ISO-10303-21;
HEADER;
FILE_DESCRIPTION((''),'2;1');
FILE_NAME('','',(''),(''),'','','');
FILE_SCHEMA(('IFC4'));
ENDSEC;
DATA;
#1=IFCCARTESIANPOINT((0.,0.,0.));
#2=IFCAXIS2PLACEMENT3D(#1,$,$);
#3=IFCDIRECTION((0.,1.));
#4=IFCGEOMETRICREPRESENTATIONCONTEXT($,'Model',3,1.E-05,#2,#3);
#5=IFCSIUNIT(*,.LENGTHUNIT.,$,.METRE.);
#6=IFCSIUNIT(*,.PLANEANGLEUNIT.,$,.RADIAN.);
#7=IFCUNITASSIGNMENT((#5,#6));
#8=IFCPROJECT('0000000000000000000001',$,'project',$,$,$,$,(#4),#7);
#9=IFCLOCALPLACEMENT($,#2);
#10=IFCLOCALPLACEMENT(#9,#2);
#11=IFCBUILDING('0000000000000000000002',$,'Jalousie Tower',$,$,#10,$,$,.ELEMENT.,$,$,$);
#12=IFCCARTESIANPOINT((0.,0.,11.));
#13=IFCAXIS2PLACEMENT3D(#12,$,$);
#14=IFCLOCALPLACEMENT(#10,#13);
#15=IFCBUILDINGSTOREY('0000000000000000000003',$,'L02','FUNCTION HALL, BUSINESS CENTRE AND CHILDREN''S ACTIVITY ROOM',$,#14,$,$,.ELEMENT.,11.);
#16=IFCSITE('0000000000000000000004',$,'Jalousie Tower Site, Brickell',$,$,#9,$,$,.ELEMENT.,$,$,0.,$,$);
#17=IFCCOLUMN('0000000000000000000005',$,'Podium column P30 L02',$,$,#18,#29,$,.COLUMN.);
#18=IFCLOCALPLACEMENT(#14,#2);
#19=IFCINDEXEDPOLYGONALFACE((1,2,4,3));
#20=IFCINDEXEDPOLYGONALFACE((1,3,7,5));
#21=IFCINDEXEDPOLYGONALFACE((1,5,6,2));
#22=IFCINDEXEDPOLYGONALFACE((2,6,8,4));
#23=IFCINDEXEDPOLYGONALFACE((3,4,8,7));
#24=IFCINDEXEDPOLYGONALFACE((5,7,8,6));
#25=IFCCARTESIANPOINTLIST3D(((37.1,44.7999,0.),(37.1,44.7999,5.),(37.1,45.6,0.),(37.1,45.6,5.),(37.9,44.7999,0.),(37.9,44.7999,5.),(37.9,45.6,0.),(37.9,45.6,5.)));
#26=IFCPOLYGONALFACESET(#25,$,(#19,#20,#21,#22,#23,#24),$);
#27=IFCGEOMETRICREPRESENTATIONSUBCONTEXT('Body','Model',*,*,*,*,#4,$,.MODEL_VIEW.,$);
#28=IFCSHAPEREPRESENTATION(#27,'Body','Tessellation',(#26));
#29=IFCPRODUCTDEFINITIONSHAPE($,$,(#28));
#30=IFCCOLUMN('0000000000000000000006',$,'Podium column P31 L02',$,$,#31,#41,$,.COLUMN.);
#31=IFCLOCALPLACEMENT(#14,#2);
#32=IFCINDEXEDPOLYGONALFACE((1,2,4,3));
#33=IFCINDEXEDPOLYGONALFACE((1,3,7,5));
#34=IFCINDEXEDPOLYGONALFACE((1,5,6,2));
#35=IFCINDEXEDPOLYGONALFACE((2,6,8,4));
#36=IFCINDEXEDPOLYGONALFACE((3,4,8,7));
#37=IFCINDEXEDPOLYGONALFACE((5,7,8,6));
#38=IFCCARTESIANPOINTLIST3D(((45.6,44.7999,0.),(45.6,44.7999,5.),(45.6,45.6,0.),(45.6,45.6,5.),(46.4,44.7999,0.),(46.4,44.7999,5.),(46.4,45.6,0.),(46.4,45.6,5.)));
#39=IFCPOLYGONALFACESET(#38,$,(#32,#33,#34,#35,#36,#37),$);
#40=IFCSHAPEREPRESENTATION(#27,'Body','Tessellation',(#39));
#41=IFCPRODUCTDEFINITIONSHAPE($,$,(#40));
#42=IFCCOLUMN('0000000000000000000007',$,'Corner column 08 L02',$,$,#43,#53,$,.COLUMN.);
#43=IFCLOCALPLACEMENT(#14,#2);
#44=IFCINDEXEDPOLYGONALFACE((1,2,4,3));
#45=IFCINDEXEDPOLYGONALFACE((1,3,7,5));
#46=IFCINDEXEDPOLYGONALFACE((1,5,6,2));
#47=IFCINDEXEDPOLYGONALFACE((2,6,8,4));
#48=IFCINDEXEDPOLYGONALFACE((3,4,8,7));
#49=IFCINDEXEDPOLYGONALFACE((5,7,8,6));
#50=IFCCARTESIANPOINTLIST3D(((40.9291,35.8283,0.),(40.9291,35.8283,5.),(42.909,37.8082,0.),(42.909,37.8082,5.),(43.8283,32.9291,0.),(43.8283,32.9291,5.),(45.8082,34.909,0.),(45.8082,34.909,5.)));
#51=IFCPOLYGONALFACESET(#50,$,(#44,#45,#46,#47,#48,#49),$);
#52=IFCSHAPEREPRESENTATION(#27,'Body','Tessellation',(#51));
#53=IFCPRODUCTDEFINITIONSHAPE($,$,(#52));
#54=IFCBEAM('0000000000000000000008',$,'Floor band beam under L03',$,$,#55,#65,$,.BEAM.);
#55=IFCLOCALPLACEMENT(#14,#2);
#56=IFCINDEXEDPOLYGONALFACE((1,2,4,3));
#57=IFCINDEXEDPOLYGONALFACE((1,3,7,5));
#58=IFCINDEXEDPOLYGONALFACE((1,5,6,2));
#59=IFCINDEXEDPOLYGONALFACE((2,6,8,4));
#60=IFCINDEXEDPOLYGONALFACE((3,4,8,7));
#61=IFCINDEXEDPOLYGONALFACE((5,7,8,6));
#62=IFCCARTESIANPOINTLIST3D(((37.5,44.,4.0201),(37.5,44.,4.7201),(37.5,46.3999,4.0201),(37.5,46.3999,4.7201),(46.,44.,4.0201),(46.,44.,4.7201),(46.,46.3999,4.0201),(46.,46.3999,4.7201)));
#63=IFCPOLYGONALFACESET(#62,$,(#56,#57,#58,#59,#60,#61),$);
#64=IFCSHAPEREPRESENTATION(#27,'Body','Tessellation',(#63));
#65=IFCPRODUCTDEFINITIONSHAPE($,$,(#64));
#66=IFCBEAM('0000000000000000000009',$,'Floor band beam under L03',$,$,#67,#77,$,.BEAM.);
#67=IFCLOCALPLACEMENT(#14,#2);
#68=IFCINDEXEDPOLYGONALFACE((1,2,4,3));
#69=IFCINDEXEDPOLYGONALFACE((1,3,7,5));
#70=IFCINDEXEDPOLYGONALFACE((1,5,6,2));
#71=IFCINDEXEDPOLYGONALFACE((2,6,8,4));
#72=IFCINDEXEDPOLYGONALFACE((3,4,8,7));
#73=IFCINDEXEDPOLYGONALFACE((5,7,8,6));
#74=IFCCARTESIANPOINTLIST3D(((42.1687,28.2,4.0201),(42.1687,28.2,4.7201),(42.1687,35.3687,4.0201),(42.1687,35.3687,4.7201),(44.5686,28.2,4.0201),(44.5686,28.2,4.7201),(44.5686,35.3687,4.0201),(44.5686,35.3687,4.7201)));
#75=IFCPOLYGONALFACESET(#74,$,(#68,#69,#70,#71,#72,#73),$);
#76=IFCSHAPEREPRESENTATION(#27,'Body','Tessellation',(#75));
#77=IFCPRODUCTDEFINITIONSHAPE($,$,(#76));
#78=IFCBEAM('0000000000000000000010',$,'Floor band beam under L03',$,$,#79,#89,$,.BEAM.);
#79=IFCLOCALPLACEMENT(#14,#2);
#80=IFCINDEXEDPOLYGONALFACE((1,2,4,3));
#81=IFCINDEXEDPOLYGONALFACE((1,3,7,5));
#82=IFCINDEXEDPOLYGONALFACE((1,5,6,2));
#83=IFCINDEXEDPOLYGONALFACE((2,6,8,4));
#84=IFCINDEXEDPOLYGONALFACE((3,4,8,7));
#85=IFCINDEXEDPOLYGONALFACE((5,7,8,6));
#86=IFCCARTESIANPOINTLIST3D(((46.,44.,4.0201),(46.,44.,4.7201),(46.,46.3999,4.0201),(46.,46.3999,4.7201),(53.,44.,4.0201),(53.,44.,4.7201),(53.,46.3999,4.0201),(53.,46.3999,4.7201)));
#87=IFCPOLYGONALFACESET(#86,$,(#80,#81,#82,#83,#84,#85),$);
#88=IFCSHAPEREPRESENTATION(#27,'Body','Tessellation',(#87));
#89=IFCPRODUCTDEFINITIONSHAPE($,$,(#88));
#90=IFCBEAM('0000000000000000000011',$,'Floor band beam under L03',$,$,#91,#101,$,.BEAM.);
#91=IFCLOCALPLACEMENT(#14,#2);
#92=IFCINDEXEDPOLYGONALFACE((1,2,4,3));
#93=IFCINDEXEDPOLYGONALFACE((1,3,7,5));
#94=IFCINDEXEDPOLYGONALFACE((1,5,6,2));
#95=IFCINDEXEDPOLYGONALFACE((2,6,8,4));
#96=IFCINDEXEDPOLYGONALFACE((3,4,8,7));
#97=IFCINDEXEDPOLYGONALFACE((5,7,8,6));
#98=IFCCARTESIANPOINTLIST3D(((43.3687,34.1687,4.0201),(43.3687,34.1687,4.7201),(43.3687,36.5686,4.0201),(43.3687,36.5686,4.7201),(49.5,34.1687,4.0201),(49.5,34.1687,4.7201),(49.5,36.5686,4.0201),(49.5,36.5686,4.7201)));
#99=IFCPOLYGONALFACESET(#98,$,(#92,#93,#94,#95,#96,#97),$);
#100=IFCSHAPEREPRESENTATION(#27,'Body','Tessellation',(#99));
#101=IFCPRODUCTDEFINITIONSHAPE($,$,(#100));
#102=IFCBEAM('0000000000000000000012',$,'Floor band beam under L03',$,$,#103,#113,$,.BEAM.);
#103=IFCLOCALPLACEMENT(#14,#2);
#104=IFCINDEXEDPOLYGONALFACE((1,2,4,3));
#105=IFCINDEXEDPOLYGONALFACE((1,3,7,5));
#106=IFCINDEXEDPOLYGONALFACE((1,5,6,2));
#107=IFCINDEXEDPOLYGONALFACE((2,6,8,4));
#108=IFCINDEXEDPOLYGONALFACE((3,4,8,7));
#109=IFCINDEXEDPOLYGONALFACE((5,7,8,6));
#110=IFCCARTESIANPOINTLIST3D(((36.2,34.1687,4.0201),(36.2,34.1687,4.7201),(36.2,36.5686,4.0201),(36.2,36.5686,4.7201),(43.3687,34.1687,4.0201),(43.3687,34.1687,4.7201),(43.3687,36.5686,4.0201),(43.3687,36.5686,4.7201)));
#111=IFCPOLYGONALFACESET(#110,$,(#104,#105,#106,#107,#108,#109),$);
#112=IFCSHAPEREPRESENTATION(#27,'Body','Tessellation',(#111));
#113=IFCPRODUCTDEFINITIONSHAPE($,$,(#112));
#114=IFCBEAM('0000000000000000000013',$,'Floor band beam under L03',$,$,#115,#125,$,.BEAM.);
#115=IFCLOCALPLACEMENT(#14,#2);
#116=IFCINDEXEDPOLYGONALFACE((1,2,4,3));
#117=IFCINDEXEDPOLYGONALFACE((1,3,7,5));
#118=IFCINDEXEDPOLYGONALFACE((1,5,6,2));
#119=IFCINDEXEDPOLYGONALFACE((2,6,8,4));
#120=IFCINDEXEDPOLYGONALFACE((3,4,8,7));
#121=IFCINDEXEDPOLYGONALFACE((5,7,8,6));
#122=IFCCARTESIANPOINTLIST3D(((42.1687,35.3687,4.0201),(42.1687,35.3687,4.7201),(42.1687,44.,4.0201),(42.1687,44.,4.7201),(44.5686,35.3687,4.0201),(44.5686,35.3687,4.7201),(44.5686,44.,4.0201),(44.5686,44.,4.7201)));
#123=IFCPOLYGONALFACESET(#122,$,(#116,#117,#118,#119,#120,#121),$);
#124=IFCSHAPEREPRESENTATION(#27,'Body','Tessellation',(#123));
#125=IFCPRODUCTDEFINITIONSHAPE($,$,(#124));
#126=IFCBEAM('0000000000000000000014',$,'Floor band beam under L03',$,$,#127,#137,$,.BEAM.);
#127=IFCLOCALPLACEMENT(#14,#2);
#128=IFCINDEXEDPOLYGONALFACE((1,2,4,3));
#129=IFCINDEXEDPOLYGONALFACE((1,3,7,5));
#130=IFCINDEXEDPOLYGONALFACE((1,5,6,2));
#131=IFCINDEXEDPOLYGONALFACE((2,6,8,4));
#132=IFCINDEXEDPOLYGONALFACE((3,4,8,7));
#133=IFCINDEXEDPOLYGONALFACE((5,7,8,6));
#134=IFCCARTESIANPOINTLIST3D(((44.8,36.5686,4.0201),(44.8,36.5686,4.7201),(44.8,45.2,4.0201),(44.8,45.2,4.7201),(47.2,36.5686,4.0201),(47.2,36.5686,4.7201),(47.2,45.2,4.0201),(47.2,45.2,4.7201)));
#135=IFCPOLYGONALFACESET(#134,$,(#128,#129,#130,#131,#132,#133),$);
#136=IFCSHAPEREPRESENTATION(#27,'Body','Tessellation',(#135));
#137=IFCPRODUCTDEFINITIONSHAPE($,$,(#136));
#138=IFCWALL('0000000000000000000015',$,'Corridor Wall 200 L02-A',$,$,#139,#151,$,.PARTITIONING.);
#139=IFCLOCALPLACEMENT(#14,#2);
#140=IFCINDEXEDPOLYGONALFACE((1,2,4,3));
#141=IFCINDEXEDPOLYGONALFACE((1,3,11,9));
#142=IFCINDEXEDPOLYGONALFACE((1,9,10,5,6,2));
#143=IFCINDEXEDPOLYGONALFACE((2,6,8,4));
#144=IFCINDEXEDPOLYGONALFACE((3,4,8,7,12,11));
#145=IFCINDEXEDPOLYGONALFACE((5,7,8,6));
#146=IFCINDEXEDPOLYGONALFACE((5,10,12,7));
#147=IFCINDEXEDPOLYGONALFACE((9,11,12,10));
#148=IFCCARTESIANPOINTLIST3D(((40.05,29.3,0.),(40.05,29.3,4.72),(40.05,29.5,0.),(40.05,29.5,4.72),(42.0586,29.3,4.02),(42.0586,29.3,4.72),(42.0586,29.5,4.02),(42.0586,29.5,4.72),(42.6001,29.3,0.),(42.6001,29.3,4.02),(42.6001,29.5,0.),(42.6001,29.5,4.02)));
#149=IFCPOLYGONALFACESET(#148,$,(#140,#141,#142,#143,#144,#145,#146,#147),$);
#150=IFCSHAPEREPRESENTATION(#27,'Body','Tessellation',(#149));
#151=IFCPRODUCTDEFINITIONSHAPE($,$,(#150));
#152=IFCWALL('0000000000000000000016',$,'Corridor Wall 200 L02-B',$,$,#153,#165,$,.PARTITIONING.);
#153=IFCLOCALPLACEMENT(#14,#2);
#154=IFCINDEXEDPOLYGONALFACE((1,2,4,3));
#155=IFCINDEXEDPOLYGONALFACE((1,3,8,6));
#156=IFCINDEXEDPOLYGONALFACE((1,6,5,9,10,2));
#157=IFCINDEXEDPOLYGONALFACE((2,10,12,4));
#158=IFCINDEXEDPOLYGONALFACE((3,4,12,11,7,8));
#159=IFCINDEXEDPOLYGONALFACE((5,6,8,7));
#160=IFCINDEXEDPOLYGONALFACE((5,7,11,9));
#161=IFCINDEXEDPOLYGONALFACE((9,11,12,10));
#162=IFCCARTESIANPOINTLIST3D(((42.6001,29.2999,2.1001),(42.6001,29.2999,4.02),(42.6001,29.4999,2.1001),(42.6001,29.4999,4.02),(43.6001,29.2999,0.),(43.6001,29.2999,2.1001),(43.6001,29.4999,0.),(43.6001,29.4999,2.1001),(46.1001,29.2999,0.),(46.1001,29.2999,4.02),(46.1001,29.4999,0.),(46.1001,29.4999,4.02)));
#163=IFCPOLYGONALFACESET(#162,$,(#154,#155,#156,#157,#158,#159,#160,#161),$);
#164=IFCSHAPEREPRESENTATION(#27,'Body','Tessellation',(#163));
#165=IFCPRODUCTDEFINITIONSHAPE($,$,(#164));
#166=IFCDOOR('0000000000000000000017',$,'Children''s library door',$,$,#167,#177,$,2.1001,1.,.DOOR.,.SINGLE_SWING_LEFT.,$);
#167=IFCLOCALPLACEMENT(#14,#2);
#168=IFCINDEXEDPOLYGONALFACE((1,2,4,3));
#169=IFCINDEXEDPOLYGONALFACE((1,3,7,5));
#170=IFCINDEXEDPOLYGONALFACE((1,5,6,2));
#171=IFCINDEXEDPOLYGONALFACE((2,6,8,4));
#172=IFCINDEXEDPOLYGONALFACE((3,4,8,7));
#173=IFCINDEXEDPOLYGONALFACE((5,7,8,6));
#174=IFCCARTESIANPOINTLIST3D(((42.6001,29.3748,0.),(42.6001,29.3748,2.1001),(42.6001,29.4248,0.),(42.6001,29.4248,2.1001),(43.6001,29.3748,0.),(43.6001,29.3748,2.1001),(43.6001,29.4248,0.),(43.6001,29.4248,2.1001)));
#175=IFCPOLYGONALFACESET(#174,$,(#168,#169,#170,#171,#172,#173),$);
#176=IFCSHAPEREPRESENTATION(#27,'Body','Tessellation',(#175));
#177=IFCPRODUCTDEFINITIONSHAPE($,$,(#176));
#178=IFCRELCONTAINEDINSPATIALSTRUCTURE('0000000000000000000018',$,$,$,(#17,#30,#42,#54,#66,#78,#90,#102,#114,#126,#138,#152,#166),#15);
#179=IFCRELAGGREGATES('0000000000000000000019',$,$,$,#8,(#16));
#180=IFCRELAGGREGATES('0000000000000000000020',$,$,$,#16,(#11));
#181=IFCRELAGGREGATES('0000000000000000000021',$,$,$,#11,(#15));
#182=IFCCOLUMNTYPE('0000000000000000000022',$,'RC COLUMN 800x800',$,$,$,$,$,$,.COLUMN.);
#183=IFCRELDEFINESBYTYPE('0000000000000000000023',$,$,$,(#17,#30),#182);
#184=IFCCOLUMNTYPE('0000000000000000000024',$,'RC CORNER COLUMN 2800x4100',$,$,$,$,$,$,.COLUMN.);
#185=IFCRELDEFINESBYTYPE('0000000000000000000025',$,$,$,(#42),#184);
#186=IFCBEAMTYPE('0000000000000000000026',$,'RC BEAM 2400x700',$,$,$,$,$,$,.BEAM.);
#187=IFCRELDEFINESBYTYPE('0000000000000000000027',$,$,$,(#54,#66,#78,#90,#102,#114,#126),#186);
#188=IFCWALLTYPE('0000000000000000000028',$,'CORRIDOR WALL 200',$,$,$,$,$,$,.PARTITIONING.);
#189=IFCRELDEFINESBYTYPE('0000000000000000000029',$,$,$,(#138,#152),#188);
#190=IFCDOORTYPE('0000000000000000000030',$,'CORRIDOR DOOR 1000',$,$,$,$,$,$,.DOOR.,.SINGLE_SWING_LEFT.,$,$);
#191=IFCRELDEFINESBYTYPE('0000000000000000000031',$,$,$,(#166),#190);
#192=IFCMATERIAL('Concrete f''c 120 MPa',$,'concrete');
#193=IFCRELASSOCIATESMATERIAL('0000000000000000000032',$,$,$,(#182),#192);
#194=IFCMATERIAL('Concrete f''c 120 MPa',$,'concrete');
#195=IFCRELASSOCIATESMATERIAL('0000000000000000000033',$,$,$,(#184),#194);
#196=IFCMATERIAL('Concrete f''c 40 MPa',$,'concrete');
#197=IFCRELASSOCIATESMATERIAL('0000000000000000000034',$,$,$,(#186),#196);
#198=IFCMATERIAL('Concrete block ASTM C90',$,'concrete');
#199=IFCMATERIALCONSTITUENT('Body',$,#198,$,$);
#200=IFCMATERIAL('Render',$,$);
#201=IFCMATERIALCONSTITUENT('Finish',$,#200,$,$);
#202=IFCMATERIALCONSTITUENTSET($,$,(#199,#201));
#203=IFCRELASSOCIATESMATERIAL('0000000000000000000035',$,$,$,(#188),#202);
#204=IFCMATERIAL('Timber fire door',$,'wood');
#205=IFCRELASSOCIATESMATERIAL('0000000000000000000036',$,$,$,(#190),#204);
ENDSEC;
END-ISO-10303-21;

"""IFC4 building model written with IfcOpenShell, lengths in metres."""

from ifc_helpers import new_model, si_unit, direction, frame, frame_2d, origin, origin_2d, place, context, subcontext, project, spatial, polyline, rectangle, outline, extrude, material, constituent, constituent_set, material_profile, profile_set, type_object, element, fill, save


model = new_model("IFC4")

# Units and contexts
model_context = context("Model", 3, precision=1e-05, world=origin(), true_north=direction((0.0, 1.0)))
body_context = subcontext(model_context, "Body", "Model", "MODEL_VIEW")
ifc_project = project(units=[si_unit("LENGTHUNIT", "METRE"), si_unit("PLANEANGLEUNIT", "RADIAN")], contexts=[model_context])

# Site, building, storey
site_placement = place(None, origin())
site = spatial("IfcSite", under=ifc_project, at=site_placement, Name="Jalousie Tower Site, Brickell", CompositionType="ELEMENT", RefElevation=0.0)
building_placement = place(site_placement, origin())
building = spatial("IfcBuilding", under=site, at=building_placement, Name="Jalousie Tower", CompositionType="ELEMENT")
storey_placement = place(building_placement, frame((0.0, 0.0, 11.0)))
storey = spatial("IfcBuildingStorey", under=building, at=storey_placement, Name="L02", Description="FUNCTION HALL, BUSINESS CENTRE AND CHILDREN'S ACTIVITY ROOM", CompositionType="ELEMENT", Elevation=11.0)

# Columns
ifc_material_1 = material(Name="Concrete f'c 120 MPa", Category="concrete")
ifc_material_profile_1 = material_profile(ifc_material_1, rectangle(XDim=0.8, YDim=0.8, at=origin_2d()), Name="RC 800x800")
ifc_profile_set_1 = profile_set([ifc_material_profile_1], Name="Concrete f'c 120 MPa")
column_type_1 = type_object("IfcColumnType", Name="RC COLUMN 800x800", PredefinedType="COLUMN", material=ifc_profile_set_1)
for number, where, z_axis, x_axis, name in (
    (1, (37.5, 45.2, 0.0), (0.0, 0.0, 1.0), (1.0, 0.0, 0.0), "Podium column P30 L02"),
    (2, (46.0, 45.2, 0.0), (0.0, 0.0, 1.0), (1.0, 0.0, 0.0), "Podium column P31 L02"),
):
    element("IfcColumn", number, at=place(storey_placement, frame(where, z_axis=z_axis, x_axis=x_axis)), inside=storey, type_object=column_type_1, Name=name, PredefinedType="COLUMN", context=body_context, shape_type="SweptSolid", body=[
        extrude(rectangle(XDim=0.8, YDim=0.8, at=origin_2d()), origin(), (0.0, 0.0, 1.0), 5.0),
    ])
ifc_material_2 = material(Name="Concrete f'c 120 MPa", Category="concrete")
ifc_material_profile_2 = material_profile(ifc_material_2, rectangle(XDim=2.8, YDim=4.1001, at=origin_2d()), Name="RC 2800x4100")
ifc_profile_set_2 = profile_set([ifc_material_profile_2], Name="Concrete f'c 120 MPa")
column_type_2 = type_object("IfcColumnType", Name="RC CORNER COLUMN 2800x4100", PredefinedType="COLUMN", material=ifc_profile_set_2)
column_placement = place(storey_placement, frame((43.3687, 35.3687, 0.0), z_axis=(0.0, 0.0, 1.0), x_axis=(-0.707107, -0.707107, 0.0)))
element("IfcColumn", 3, at=column_placement, inside=storey, type_object=column_type_2, Name="Corner column 08 L02", PredefinedType="COLUMN", context=body_context, shape_type="SweptSolid", body=[
    extrude(rectangle(XDim=2.8, YDim=4.1001, at=origin_2d()), origin(), (0.0, 0.0, 1.0), 5.0),
])

# Beams
ifc_material_3 = material(Name="Concrete f'c 40 MPa", Category="concrete")
ifc_material_profile_3 = material_profile(ifc_material_3, rectangle(XDim=2.3999, YDim=0.7, at=origin_2d()), Name="RC 2400x700")
ifc_profile_set_3 = profile_set([ifc_material_profile_3], Name="Concrete f'c 40 MPa")
beam_type = type_object("IfcBeamType", Name="RC BEAM 2400x700", PredefinedType="BEAM", material=ifc_profile_set_3)
beam_1_placement = place(storey_placement, frame((37.5, 45.2, 4.3701), z_axis=(1.0, 0.0, 0.0), x_axis=(0.0, 1.0, 0.0)))
element("IfcBeam", 4, at=beam_1_placement, inside=storey, type_object=beam_type, Name="Floor band beam under L03", PredefinedType="BEAM", context=body_context, shape_type="SweptSolid", body=[
    extrude(rectangle(XDim=2.3999, YDim=0.7, at=origin_2d()), origin(), (0.0, 0.0, 1.0), 8.5),
])
beam_2_placement = place(storey_placement, frame((43.3687, 35.3687, 4.3701), z_axis=(0.0, -1.0, 0.0), x_axis=(1.0, 0.0, 0.0)))
element("IfcBeam", 5, at=beam_2_placement, inside=storey, type_object=beam_type, Name="Floor band beam under L03", PredefinedType="BEAM", context=body_context, shape_type="SweptSolid", body=[
    extrude(rectangle(XDim=2.3999, YDim=0.7, at=origin_2d()), origin(), (0.0, 0.0, 1.0), 7.1687),
])
beam_3_placement = place(storey_placement, frame((46.0, 45.2, 4.3701), z_axis=(1.0, 0.0, 0.0), x_axis=(0.0, 1.0, 0.0)))
element("IfcBeam", 6, at=beam_3_placement, inside=storey, type_object=beam_type, Name="Floor band beam under L03", PredefinedType="BEAM", context=body_context, shape_type="SweptSolid", body=[
    extrude(rectangle(XDim=2.3999, YDim=0.7, at=origin_2d()), origin(), (0.0, 0.0, 1.0), 7.0),
])
beam_4_placement = place(storey_placement, frame((43.3687, 35.3687, 4.3701), z_axis=(1.0, 0.0, 0.0), x_axis=(0.0, 1.0, 0.0)))
element("IfcBeam", 7, at=beam_4_placement, inside=storey, type_object=beam_type, Name="Floor band beam under L03", PredefinedType="BEAM", context=body_context, shape_type="SweptSolid", body=[
    extrude(rectangle(XDim=2.3999, YDim=0.7, at=origin_2d()), origin(), (0.0, 0.0, 1.0), 6.1313),
])
beam_5_placement = place(storey_placement, frame((43.3687, 35.3687, 4.3701), z_axis=(-1.0, 0.0, 0.0), x_axis=(0.0, -1.0, 0.0)))
element("IfcBeam", 8, at=beam_5_placement, inside=storey, type_object=beam_type, Name="Floor band beam under L03", PredefinedType="BEAM", context=body_context, shape_type="SweptSolid", body=[
    extrude(rectangle(XDim=2.3999, YDim=0.7, at=origin_2d()), origin(), (0.0, 0.0, 1.0), 7.1687),
])
for number, where, z_axis, x_axis, name in (
    (9, (43.3687, 35.3687, 4.3701), (0.0, 1.0, 0.0), (-1.0, 0.0, 0.0), "Floor band beam under L03"),
    (10, (46.0, 45.2, 4.3701), (0.0, -1.0, 0.0), (1.0, 0.0, 0.0), "Floor band beam under L03"),
):
    element("IfcBeam", number, at=place(storey_placement, frame(where, z_axis=z_axis, x_axis=x_axis)), inside=storey, type_object=beam_type, Name=name, PredefinedType="BEAM", context=body_context, shape_type="SweptSolid", body=[
        extrude(rectangle(XDim=2.3999, YDim=0.7, at=origin_2d()), origin(), (0.0, 0.0, 1.0), 8.6313),
    ])

# Wall
ifc_material_4 = material(Name="Concrete block ASTM C90", Category="concrete")
ifc_constituent_1 = constituent(ifc_material_4, Name="Body")
ifc_material_5 = material(Name="Render")
ifc_constituent_2 = constituent(ifc_material_5, Name="Finish")
ifc_constituent_set_1 = constituent_set(constituents=[ifc_constituent_1, ifc_constituent_2])
wall_type_1 = type_object("IfcWallType", Name="CORRIDOR WALL 200", PredefinedType="PARTITIONING", material=ifc_constituent_set_1)
wall_1_placement = place(storey_placement, frame((40.05, 29.3999, 0.0), z_axis=(0.0, 0.0, 1.0), x_axis=(1.0, 0.0, 0.0)))
element("IfcWall", 11, at=wall_1_placement, inside=storey, type_object=wall_type_1, Name="Corridor Wall 200 L02-A", PredefinedType="PARTITIONING", context=body_context, shape_type="SweptSolid", body=[
    extrude(outline(polyline([(0.0, 0.0), (2.55, 0.0), (2.55, 4.02), (2.0085, 4.02), (2.0085, 4.72), (0.0, 4.72), (0.0, 0.0)])), frame((0.0, 0.1001, 0.0), z_axis=(0.0, -1.0, 0.0), x_axis=(1.0, 0.0, 0.0)), (0.0, 0.0, 1.0), 0.2),
])

# Wall, opening, door
wall_2_placement = place(storey_placement, frame((42.6001, 29.3999, 0.0), z_axis=(0.0, 0.0, 1.0), x_axis=(1.0, 0.0, 0.0)))
wall_2 = element("IfcWall", 12, at=wall_2_placement, inside=storey, type_object=wall_type_1, Name="Corridor Wall 200 L02-B", PredefinedType="PARTITIONING", context=body_context, shape_type="SweptSolid", body=[
    extrude(rectangle(XDim=3.5, YDim=0.2, at=frame_2d((1.75, 0.0))), origin(), (0.0, 0.0, 1.0), 4.02),
])
opening_1_placement = place(wall_2_placement, origin())
opening_1 = element("IfcOpeningElement", 13, at=opening_1_placement, cuts=wall_2, PredefinedType="OPENING", context=body_context, shape_type="SweptSolid", body=[
    extrude(rectangle(XDim=1.0, YDim=2.1001, at=frame_2d((0.5, 1.05))), frame((0.0, 0.1099, 0.0), z_axis=(0.0, -1.0, 0.0), x_axis=(1.0, 0.0, 0.0)), (0.0, 0.0, 1.0), 0.22),
])
ifc_material_6 = material(Name="Timber fire door", Category="wood")
door_type_1 = type_object("IfcDoorType", Name="CORRIDOR DOOR 1000", OperationType="SINGLE_SWING_LEFT", PredefinedType="DOOR", material=ifc_material_6)
door_1_placement = place(opening_1_placement, origin())
door_1 = element("IfcDoor", 14, at=door_1_placement, inside=storey, type_object=door_type_1, Name="Children's library door", OperationType="SINGLE_SWING_LEFT", OverallHeight=2.1001, OverallWidth=1.0, PredefinedType="DOOR", context=body_context, shape_type="SweptSolid", body=[
    extrude(rectangle(XDim=1.0, YDim=2.1001, at=frame_2d((0.5, 1.05))), frame((0.0, 0.0249, 0.0), z_axis=(0.0, -1.0, 0.0), x_axis=(1.0, 0.0, 0.0)), (0.0, 0.0, 1.0), 0.05),
])
fill(opening_1, door_1)

save(model, "model.ifc")
